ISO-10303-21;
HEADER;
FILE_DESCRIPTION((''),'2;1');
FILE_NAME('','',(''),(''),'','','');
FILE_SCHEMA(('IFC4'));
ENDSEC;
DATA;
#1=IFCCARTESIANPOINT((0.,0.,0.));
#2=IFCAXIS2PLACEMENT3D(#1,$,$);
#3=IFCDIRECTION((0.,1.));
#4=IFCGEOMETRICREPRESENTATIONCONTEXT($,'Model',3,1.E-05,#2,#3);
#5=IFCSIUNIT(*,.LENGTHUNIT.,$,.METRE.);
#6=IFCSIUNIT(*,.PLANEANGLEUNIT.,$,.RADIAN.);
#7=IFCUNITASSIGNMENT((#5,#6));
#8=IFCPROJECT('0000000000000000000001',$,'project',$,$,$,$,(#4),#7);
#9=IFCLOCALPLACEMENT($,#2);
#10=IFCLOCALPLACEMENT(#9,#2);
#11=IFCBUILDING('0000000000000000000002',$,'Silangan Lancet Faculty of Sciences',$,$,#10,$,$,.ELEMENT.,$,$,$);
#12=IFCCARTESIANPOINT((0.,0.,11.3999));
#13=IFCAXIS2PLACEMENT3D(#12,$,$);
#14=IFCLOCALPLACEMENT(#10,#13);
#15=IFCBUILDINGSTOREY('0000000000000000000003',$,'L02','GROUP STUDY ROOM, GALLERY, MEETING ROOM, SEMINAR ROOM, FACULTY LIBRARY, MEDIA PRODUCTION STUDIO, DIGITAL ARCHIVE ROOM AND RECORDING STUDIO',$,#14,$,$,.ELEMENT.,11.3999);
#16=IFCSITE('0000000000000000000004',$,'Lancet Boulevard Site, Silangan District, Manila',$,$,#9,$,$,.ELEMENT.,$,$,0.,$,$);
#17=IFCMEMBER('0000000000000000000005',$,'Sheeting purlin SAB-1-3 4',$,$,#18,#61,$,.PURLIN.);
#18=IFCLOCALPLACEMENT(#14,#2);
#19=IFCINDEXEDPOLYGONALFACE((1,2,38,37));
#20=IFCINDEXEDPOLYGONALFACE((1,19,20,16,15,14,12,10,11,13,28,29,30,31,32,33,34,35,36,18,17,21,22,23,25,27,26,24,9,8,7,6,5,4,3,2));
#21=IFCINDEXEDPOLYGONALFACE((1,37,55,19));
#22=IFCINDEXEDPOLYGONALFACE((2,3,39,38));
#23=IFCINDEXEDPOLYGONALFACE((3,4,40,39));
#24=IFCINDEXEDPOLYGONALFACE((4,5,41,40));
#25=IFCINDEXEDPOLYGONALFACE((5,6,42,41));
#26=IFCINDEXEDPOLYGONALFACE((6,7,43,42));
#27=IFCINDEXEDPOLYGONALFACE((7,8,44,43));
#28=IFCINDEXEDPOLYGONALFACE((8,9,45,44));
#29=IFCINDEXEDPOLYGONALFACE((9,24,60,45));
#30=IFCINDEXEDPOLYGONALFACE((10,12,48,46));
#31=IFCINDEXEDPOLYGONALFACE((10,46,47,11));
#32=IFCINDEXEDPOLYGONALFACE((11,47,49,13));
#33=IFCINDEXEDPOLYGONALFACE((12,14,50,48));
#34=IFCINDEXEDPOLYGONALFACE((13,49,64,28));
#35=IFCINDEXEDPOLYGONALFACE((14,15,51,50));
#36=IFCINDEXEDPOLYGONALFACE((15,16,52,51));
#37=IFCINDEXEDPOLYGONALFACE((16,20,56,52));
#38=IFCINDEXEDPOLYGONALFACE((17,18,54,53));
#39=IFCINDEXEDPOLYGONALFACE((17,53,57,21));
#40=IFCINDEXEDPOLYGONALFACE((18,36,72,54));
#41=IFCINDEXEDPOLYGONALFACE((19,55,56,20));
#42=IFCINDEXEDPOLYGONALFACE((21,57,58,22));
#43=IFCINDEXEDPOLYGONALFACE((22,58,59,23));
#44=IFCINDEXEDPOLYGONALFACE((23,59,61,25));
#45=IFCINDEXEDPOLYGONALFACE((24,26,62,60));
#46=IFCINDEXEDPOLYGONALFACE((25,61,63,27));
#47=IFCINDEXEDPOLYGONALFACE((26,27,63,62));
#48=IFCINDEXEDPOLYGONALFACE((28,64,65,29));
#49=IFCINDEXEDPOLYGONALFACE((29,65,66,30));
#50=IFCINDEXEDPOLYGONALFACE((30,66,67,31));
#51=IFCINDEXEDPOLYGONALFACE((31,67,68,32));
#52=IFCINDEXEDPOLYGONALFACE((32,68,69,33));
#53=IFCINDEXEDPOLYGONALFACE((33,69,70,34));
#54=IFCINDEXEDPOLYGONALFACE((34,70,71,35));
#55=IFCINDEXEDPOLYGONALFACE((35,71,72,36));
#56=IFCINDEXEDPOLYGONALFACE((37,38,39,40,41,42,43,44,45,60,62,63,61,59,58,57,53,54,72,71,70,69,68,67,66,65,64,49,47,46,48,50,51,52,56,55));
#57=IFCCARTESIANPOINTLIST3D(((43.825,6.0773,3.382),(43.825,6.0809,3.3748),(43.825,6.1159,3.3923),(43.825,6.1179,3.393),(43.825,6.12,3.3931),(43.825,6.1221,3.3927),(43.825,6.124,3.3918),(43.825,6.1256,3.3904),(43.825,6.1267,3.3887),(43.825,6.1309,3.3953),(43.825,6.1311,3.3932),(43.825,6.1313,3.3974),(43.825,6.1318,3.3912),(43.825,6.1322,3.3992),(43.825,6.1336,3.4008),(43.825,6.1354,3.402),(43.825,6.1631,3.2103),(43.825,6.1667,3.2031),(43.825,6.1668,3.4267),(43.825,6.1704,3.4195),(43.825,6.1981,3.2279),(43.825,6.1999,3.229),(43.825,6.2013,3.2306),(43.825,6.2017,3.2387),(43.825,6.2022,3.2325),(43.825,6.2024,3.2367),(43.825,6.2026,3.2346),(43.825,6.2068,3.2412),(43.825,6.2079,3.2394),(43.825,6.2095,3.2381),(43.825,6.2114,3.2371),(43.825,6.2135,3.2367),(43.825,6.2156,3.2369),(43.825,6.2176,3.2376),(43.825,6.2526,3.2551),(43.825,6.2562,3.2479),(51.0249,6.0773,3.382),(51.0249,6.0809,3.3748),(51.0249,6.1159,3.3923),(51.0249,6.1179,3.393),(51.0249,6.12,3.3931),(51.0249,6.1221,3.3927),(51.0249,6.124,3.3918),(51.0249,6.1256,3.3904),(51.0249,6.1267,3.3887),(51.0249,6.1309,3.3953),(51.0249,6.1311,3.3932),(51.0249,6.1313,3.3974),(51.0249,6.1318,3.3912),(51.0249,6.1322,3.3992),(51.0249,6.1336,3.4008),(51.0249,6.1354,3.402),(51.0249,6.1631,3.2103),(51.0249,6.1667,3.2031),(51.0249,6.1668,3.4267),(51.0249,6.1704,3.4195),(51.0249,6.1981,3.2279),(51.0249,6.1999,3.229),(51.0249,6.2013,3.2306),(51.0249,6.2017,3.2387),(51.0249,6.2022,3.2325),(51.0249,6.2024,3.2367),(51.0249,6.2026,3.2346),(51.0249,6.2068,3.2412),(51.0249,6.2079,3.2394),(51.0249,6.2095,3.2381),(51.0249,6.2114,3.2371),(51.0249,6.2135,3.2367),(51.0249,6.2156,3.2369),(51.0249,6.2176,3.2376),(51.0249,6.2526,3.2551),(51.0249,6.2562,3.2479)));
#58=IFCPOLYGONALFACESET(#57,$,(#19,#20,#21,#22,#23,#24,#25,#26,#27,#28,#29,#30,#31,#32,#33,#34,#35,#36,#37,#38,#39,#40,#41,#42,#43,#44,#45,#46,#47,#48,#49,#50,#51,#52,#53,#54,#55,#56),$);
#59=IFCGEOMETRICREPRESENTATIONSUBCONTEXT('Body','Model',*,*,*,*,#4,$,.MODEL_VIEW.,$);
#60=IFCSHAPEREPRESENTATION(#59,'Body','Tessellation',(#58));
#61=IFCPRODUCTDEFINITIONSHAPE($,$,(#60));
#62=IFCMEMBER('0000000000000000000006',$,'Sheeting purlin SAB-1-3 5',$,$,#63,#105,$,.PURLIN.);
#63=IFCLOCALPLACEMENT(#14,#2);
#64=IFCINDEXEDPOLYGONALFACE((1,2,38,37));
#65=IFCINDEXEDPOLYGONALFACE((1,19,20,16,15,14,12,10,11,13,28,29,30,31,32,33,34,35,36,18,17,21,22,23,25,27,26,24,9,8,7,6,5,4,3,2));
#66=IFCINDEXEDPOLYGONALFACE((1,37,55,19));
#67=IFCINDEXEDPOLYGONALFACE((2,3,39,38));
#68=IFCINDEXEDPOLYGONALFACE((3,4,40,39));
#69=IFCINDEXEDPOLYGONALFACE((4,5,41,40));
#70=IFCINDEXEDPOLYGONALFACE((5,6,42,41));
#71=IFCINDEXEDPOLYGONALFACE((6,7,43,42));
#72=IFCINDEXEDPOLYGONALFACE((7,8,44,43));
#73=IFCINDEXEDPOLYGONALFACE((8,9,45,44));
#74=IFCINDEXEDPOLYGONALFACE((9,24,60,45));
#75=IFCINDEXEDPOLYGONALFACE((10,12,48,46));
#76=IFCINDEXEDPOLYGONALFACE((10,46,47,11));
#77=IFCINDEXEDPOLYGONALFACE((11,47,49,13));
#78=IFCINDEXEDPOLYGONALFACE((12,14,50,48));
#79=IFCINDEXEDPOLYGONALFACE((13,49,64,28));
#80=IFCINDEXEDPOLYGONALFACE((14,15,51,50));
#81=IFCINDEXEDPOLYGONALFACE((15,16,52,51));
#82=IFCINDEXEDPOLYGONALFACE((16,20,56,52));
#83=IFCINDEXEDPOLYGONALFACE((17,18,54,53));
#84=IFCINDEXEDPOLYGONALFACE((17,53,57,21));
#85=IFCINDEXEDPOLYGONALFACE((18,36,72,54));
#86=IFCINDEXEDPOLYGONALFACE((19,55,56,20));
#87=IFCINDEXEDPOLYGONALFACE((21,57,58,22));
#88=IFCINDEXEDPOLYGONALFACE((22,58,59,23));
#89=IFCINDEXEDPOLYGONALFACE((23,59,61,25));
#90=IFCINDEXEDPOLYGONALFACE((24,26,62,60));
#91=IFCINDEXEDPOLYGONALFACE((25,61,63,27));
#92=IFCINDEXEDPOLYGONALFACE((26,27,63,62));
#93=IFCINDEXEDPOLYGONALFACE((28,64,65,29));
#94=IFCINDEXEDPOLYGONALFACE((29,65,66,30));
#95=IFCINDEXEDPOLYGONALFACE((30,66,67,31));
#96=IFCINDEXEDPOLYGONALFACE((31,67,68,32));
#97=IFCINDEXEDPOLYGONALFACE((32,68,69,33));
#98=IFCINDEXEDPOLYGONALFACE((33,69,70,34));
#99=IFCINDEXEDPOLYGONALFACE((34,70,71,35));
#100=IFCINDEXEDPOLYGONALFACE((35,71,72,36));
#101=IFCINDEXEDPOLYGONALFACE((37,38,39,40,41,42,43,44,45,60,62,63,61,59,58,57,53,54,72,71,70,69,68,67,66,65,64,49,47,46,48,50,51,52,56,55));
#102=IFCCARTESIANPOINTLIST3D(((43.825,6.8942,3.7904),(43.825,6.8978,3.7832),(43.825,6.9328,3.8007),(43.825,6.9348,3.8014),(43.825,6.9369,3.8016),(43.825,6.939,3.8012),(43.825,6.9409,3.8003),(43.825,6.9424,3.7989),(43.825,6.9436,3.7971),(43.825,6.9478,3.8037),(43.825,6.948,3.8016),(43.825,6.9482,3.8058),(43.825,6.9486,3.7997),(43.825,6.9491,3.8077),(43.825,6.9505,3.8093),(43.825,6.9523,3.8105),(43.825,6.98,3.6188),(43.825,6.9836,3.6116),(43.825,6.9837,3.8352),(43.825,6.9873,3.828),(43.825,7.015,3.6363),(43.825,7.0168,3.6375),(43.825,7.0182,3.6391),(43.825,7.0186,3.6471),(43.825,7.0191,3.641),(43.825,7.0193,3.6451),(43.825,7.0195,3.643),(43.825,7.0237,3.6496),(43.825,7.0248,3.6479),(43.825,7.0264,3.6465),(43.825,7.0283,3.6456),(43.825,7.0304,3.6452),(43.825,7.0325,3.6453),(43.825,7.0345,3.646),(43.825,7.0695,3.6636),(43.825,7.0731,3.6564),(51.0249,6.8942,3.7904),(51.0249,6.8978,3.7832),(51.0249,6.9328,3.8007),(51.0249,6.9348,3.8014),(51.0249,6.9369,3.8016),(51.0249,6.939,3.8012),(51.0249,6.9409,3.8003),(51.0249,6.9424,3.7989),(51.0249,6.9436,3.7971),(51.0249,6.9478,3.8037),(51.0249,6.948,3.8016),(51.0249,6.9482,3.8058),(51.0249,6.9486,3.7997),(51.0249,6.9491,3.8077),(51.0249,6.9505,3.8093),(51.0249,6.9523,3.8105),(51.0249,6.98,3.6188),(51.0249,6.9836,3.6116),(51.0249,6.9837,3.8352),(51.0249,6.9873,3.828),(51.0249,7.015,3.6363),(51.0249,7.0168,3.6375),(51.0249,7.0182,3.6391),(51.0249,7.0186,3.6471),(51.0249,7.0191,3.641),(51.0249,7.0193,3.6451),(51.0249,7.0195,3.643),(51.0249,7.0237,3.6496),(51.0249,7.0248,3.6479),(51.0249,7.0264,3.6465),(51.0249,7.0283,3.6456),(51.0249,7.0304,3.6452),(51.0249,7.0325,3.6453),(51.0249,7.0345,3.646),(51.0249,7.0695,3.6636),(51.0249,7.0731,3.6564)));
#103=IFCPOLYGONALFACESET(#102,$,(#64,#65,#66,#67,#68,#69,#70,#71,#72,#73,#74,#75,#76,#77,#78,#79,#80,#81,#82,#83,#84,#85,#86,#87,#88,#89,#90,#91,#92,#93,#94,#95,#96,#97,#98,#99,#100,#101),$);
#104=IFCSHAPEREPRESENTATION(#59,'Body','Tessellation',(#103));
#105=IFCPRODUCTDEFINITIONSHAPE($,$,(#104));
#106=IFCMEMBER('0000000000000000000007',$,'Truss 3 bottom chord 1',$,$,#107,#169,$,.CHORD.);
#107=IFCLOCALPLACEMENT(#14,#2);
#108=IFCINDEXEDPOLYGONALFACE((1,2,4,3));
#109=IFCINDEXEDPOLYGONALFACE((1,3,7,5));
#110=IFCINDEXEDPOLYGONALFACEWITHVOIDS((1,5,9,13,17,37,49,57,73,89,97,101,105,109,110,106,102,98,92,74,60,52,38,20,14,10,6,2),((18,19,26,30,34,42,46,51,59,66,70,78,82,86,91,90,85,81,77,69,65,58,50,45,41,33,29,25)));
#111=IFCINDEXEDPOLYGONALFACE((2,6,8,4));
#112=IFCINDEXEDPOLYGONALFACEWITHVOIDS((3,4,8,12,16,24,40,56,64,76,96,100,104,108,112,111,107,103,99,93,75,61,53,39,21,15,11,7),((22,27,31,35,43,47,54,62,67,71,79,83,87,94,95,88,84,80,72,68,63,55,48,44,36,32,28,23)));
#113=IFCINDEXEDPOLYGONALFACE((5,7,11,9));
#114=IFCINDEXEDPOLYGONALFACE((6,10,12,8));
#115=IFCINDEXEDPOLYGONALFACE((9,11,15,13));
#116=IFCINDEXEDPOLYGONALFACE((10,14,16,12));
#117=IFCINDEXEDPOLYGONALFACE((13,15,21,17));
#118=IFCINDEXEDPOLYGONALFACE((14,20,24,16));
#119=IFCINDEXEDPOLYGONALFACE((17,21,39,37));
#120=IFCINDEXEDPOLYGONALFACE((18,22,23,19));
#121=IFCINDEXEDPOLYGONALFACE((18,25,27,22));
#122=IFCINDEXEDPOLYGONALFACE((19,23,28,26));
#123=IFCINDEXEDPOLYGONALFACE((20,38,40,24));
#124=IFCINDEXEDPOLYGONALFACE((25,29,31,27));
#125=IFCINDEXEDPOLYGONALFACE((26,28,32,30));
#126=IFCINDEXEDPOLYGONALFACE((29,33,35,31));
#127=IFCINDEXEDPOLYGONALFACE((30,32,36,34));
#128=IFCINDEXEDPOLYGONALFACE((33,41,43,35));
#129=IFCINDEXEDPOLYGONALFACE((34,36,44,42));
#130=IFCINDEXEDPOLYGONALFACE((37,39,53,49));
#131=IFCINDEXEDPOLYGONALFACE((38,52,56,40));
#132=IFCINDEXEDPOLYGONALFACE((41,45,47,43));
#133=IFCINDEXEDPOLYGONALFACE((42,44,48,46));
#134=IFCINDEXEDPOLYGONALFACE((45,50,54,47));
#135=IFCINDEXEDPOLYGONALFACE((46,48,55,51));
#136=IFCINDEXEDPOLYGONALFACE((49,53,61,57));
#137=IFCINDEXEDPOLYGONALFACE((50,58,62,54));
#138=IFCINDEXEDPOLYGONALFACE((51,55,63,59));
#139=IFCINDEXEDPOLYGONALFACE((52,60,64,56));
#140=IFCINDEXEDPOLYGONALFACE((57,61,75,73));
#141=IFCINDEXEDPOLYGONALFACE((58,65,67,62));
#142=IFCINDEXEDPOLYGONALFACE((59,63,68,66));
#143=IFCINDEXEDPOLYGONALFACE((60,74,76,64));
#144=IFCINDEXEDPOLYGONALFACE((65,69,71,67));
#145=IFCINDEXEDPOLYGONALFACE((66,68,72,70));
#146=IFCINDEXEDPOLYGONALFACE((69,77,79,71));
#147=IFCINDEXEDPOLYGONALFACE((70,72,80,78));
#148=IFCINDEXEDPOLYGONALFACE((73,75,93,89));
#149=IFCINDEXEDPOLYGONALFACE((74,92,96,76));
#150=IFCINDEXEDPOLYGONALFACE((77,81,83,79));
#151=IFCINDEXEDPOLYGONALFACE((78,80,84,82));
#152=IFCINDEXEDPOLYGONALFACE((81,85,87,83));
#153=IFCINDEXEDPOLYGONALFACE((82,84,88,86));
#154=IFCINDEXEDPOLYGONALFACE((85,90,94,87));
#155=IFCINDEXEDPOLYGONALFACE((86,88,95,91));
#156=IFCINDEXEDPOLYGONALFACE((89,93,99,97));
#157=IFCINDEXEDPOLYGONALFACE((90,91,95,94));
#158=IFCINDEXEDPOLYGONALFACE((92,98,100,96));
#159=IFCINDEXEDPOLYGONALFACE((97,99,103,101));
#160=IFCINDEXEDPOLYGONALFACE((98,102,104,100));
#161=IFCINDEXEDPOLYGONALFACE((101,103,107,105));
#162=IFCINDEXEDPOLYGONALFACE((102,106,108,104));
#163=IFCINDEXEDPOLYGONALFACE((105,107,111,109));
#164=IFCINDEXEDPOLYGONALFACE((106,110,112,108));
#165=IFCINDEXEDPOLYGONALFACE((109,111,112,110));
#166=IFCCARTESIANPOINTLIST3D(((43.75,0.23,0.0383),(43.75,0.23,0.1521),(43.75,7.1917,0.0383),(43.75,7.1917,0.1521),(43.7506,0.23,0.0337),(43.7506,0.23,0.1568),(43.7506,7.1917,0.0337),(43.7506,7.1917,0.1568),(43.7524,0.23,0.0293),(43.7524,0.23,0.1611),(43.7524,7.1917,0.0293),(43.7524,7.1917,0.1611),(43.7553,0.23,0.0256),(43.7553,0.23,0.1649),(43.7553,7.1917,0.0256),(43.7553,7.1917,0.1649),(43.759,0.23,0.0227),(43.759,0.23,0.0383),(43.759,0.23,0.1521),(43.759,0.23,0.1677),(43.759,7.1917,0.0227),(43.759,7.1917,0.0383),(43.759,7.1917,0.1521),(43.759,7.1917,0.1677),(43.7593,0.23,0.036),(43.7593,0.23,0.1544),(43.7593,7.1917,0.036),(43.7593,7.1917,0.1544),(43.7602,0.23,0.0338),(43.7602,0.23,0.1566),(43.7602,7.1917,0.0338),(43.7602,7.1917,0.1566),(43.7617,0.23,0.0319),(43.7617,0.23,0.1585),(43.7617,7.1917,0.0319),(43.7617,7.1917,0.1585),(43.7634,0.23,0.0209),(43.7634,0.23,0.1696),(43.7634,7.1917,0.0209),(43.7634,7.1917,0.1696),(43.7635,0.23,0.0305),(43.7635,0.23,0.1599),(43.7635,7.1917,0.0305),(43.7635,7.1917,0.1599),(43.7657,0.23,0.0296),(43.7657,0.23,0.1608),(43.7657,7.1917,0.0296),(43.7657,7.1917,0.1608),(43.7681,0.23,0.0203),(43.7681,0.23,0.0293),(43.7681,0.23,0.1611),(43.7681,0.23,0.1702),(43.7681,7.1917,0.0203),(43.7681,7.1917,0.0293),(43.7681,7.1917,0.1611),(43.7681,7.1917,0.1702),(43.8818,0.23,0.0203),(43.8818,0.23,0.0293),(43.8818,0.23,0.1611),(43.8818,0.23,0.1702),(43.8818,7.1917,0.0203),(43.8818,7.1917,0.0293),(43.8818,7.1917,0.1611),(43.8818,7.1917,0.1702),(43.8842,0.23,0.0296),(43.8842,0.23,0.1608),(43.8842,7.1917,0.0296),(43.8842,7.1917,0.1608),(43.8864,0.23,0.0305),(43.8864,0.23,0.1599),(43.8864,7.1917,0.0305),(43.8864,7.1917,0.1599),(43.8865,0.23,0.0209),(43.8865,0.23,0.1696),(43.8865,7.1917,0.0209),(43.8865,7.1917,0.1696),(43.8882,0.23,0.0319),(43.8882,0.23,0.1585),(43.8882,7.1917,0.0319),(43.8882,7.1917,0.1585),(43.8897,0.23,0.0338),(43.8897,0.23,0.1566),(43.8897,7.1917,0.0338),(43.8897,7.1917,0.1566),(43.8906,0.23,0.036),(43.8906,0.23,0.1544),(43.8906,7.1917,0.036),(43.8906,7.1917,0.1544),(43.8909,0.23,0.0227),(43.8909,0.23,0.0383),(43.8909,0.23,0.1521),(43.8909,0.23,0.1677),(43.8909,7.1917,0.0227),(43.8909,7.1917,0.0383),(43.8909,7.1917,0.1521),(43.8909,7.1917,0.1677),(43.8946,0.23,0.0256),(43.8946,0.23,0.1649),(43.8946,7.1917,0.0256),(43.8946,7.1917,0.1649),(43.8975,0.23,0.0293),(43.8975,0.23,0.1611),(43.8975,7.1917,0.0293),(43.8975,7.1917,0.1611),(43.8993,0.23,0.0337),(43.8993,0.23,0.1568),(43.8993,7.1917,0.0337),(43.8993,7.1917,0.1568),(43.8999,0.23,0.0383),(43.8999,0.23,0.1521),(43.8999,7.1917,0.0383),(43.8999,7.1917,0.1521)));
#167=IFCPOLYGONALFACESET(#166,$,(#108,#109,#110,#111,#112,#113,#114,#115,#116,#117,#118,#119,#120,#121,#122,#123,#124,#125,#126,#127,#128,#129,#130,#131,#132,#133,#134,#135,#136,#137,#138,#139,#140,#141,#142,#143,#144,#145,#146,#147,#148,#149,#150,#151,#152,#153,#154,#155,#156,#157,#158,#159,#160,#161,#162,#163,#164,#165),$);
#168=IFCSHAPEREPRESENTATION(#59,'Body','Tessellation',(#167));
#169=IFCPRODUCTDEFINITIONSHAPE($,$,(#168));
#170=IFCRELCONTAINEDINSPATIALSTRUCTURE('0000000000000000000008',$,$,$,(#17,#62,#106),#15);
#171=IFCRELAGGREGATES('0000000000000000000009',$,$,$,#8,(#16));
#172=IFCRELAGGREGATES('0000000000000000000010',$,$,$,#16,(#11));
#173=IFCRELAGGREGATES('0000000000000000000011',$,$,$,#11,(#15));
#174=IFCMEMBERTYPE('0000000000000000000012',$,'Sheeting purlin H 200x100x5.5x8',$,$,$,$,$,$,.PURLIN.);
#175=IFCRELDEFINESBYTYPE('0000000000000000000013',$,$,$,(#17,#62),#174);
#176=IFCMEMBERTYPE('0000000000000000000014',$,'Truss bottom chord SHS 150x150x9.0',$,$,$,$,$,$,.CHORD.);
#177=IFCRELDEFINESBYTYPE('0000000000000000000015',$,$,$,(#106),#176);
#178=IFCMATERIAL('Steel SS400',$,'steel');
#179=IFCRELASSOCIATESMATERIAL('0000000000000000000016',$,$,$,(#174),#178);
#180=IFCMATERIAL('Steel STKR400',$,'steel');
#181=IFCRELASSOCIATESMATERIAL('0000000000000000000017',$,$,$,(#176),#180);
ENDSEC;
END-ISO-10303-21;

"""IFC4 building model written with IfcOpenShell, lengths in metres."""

from ifc_helpers import new_model, si_unit, direction, frame, origin, origin_2d, place, context, subcontext, project, spatial, hollow_rectangle, i_section, extrude, material, material_profile, profile_set, type_object, element, save


model = new_model("IFC4")

# Units and contexts
model_context = context("Model", 3, precision=1e-05, world=origin(), true_north=direction((0.0, 1.0)))
body_context = subcontext(model_context, "Body", "Model", "MODEL_VIEW")
ifc_project = project(units=[si_unit("LENGTHUNIT", "METRE"), si_unit("PLANEANGLEUNIT", "RADIAN")], contexts=[model_context])

# Site, building, storey
site_placement = place(None, origin())
site = spatial("IfcSite", under=ifc_project, at=site_placement, Name="Lancet Boulevard Site, Silangan District, Manila", CompositionType="ELEMENT", RefElevation=0.0)
building_placement = place(site_placement, origin())
building = spatial("IfcBuilding", under=site, at=building_placement, Name="Silangan Lancet Faculty of Sciences", CompositionType="ELEMENT")
storey_placement = place(building_placement, frame((0.0, 0.0, 11.3999)))
storey = spatial("IfcBuildingStorey", under=building, at=storey_placement, Name="L02", Description="GROUP STUDY ROOM, GALLERY, MEETING ROOM, SEMINAR ROOM, FACULTY LIBRARY, MEDIA PRODUCTION STUDIO, DIGITAL ARCHIVE ROOM AND RECORDING STUDIO", CompositionType="ELEMENT", Elevation=11.3999)

# Members
ifc_material_1 = material(Name="Steel SS400", Category="steel")
ifc_material_profile_1 = material_profile(ifc_material_1, i_section(OverallWidth=0.1001, OverallDepth=0.2, WebThickness=0.0056, FlangeThickness=0.0081, FilletRadius=0.0081, at=origin_2d()), Name="H 200x100x5.5x8")
ifc_profile_set_1 = profile_set([ifc_material_profile_1], Name="Steel SS400")
member_type_1 = type_object("IfcMemberType", Name="Sheeting purlin H 200x100x5.5x8", PredefinedType="PURLIN", material=ifc_profile_set_1)
for number, where, z_axis, x_axis, name in (
    (1, (43.825, 6.1667, 3.3149), (1.0, 0.0, 0.0), (0.0, 0.894427, 0.447214), "Sheeting purlin SAB-1-3 4"),
    (2, (43.825, 6.9836, 3.7234), (1.0, 0.0, 0.0), (0.0, 0.894427, 0.447214), "Sheeting purlin SAB-1-3 5"),
):
    element("IfcMember", number, at=place(storey_placement, frame(where, z_axis=z_axis, x_axis=x_axis)), inside=storey, type_object=member_type_1, Name=name, PredefinedType="PURLIN", context=body_context, shape_type="SweptSolid", body=[
        extrude(i_section(OverallWidth=0.1001, OverallDepth=0.2, WebThickness=0.0056, FlangeThickness=0.0081, FilletRadius=0.0081, at=origin_2d()), origin(), (0.0, 0.0, 1.0), 7.2),
    ])
ifc_material_2 = material(Name="Steel STKR400", Category="steel")
ifc_material_profile_2 = material_profile(ifc_material_2, hollow_rectangle(XDim=0.1499, YDim=0.1499, WallThickness=0.009, InnerFilletRadius=0.009, OuterFilletRadius=0.0181, at=origin_2d()), Name="SHS 150x150x9.0")
ifc_profile_set_2 = profile_set([ifc_material_profile_2], Name="Steel STKR400")
member_type_2 = type_object("IfcMemberType", Name="Truss bottom chord SHS 150x150x9.0", PredefinedType="CHORD", material=ifc_profile_set_2)
for number, where, z_axis, x_axis, name in (
    (3, (43.825, 0.23, 0.0952), (0.0, 1.0, 0.0), (-1.0, 0.0, 0.0), "Truss 3 bottom chord 1"),
):
    element("IfcMember", number, at=place(storey_placement, frame(where, z_axis=z_axis, x_axis=x_axis)), inside=storey, type_object=member_type_2, Name=name, PredefinedType="CHORD", context=body_context, shape_type="SweptSolid", body=[
        extrude(hollow_rectangle(XDim=0.1499, YDim=0.1499, WallThickness=0.009, InnerFilletRadius=0.009, OuterFilletRadius=0.0181, at=origin_2d()), origin(), (0.0, 0.0, 1.0), 6.9617),
    ])

save(model, "model.ifc")
